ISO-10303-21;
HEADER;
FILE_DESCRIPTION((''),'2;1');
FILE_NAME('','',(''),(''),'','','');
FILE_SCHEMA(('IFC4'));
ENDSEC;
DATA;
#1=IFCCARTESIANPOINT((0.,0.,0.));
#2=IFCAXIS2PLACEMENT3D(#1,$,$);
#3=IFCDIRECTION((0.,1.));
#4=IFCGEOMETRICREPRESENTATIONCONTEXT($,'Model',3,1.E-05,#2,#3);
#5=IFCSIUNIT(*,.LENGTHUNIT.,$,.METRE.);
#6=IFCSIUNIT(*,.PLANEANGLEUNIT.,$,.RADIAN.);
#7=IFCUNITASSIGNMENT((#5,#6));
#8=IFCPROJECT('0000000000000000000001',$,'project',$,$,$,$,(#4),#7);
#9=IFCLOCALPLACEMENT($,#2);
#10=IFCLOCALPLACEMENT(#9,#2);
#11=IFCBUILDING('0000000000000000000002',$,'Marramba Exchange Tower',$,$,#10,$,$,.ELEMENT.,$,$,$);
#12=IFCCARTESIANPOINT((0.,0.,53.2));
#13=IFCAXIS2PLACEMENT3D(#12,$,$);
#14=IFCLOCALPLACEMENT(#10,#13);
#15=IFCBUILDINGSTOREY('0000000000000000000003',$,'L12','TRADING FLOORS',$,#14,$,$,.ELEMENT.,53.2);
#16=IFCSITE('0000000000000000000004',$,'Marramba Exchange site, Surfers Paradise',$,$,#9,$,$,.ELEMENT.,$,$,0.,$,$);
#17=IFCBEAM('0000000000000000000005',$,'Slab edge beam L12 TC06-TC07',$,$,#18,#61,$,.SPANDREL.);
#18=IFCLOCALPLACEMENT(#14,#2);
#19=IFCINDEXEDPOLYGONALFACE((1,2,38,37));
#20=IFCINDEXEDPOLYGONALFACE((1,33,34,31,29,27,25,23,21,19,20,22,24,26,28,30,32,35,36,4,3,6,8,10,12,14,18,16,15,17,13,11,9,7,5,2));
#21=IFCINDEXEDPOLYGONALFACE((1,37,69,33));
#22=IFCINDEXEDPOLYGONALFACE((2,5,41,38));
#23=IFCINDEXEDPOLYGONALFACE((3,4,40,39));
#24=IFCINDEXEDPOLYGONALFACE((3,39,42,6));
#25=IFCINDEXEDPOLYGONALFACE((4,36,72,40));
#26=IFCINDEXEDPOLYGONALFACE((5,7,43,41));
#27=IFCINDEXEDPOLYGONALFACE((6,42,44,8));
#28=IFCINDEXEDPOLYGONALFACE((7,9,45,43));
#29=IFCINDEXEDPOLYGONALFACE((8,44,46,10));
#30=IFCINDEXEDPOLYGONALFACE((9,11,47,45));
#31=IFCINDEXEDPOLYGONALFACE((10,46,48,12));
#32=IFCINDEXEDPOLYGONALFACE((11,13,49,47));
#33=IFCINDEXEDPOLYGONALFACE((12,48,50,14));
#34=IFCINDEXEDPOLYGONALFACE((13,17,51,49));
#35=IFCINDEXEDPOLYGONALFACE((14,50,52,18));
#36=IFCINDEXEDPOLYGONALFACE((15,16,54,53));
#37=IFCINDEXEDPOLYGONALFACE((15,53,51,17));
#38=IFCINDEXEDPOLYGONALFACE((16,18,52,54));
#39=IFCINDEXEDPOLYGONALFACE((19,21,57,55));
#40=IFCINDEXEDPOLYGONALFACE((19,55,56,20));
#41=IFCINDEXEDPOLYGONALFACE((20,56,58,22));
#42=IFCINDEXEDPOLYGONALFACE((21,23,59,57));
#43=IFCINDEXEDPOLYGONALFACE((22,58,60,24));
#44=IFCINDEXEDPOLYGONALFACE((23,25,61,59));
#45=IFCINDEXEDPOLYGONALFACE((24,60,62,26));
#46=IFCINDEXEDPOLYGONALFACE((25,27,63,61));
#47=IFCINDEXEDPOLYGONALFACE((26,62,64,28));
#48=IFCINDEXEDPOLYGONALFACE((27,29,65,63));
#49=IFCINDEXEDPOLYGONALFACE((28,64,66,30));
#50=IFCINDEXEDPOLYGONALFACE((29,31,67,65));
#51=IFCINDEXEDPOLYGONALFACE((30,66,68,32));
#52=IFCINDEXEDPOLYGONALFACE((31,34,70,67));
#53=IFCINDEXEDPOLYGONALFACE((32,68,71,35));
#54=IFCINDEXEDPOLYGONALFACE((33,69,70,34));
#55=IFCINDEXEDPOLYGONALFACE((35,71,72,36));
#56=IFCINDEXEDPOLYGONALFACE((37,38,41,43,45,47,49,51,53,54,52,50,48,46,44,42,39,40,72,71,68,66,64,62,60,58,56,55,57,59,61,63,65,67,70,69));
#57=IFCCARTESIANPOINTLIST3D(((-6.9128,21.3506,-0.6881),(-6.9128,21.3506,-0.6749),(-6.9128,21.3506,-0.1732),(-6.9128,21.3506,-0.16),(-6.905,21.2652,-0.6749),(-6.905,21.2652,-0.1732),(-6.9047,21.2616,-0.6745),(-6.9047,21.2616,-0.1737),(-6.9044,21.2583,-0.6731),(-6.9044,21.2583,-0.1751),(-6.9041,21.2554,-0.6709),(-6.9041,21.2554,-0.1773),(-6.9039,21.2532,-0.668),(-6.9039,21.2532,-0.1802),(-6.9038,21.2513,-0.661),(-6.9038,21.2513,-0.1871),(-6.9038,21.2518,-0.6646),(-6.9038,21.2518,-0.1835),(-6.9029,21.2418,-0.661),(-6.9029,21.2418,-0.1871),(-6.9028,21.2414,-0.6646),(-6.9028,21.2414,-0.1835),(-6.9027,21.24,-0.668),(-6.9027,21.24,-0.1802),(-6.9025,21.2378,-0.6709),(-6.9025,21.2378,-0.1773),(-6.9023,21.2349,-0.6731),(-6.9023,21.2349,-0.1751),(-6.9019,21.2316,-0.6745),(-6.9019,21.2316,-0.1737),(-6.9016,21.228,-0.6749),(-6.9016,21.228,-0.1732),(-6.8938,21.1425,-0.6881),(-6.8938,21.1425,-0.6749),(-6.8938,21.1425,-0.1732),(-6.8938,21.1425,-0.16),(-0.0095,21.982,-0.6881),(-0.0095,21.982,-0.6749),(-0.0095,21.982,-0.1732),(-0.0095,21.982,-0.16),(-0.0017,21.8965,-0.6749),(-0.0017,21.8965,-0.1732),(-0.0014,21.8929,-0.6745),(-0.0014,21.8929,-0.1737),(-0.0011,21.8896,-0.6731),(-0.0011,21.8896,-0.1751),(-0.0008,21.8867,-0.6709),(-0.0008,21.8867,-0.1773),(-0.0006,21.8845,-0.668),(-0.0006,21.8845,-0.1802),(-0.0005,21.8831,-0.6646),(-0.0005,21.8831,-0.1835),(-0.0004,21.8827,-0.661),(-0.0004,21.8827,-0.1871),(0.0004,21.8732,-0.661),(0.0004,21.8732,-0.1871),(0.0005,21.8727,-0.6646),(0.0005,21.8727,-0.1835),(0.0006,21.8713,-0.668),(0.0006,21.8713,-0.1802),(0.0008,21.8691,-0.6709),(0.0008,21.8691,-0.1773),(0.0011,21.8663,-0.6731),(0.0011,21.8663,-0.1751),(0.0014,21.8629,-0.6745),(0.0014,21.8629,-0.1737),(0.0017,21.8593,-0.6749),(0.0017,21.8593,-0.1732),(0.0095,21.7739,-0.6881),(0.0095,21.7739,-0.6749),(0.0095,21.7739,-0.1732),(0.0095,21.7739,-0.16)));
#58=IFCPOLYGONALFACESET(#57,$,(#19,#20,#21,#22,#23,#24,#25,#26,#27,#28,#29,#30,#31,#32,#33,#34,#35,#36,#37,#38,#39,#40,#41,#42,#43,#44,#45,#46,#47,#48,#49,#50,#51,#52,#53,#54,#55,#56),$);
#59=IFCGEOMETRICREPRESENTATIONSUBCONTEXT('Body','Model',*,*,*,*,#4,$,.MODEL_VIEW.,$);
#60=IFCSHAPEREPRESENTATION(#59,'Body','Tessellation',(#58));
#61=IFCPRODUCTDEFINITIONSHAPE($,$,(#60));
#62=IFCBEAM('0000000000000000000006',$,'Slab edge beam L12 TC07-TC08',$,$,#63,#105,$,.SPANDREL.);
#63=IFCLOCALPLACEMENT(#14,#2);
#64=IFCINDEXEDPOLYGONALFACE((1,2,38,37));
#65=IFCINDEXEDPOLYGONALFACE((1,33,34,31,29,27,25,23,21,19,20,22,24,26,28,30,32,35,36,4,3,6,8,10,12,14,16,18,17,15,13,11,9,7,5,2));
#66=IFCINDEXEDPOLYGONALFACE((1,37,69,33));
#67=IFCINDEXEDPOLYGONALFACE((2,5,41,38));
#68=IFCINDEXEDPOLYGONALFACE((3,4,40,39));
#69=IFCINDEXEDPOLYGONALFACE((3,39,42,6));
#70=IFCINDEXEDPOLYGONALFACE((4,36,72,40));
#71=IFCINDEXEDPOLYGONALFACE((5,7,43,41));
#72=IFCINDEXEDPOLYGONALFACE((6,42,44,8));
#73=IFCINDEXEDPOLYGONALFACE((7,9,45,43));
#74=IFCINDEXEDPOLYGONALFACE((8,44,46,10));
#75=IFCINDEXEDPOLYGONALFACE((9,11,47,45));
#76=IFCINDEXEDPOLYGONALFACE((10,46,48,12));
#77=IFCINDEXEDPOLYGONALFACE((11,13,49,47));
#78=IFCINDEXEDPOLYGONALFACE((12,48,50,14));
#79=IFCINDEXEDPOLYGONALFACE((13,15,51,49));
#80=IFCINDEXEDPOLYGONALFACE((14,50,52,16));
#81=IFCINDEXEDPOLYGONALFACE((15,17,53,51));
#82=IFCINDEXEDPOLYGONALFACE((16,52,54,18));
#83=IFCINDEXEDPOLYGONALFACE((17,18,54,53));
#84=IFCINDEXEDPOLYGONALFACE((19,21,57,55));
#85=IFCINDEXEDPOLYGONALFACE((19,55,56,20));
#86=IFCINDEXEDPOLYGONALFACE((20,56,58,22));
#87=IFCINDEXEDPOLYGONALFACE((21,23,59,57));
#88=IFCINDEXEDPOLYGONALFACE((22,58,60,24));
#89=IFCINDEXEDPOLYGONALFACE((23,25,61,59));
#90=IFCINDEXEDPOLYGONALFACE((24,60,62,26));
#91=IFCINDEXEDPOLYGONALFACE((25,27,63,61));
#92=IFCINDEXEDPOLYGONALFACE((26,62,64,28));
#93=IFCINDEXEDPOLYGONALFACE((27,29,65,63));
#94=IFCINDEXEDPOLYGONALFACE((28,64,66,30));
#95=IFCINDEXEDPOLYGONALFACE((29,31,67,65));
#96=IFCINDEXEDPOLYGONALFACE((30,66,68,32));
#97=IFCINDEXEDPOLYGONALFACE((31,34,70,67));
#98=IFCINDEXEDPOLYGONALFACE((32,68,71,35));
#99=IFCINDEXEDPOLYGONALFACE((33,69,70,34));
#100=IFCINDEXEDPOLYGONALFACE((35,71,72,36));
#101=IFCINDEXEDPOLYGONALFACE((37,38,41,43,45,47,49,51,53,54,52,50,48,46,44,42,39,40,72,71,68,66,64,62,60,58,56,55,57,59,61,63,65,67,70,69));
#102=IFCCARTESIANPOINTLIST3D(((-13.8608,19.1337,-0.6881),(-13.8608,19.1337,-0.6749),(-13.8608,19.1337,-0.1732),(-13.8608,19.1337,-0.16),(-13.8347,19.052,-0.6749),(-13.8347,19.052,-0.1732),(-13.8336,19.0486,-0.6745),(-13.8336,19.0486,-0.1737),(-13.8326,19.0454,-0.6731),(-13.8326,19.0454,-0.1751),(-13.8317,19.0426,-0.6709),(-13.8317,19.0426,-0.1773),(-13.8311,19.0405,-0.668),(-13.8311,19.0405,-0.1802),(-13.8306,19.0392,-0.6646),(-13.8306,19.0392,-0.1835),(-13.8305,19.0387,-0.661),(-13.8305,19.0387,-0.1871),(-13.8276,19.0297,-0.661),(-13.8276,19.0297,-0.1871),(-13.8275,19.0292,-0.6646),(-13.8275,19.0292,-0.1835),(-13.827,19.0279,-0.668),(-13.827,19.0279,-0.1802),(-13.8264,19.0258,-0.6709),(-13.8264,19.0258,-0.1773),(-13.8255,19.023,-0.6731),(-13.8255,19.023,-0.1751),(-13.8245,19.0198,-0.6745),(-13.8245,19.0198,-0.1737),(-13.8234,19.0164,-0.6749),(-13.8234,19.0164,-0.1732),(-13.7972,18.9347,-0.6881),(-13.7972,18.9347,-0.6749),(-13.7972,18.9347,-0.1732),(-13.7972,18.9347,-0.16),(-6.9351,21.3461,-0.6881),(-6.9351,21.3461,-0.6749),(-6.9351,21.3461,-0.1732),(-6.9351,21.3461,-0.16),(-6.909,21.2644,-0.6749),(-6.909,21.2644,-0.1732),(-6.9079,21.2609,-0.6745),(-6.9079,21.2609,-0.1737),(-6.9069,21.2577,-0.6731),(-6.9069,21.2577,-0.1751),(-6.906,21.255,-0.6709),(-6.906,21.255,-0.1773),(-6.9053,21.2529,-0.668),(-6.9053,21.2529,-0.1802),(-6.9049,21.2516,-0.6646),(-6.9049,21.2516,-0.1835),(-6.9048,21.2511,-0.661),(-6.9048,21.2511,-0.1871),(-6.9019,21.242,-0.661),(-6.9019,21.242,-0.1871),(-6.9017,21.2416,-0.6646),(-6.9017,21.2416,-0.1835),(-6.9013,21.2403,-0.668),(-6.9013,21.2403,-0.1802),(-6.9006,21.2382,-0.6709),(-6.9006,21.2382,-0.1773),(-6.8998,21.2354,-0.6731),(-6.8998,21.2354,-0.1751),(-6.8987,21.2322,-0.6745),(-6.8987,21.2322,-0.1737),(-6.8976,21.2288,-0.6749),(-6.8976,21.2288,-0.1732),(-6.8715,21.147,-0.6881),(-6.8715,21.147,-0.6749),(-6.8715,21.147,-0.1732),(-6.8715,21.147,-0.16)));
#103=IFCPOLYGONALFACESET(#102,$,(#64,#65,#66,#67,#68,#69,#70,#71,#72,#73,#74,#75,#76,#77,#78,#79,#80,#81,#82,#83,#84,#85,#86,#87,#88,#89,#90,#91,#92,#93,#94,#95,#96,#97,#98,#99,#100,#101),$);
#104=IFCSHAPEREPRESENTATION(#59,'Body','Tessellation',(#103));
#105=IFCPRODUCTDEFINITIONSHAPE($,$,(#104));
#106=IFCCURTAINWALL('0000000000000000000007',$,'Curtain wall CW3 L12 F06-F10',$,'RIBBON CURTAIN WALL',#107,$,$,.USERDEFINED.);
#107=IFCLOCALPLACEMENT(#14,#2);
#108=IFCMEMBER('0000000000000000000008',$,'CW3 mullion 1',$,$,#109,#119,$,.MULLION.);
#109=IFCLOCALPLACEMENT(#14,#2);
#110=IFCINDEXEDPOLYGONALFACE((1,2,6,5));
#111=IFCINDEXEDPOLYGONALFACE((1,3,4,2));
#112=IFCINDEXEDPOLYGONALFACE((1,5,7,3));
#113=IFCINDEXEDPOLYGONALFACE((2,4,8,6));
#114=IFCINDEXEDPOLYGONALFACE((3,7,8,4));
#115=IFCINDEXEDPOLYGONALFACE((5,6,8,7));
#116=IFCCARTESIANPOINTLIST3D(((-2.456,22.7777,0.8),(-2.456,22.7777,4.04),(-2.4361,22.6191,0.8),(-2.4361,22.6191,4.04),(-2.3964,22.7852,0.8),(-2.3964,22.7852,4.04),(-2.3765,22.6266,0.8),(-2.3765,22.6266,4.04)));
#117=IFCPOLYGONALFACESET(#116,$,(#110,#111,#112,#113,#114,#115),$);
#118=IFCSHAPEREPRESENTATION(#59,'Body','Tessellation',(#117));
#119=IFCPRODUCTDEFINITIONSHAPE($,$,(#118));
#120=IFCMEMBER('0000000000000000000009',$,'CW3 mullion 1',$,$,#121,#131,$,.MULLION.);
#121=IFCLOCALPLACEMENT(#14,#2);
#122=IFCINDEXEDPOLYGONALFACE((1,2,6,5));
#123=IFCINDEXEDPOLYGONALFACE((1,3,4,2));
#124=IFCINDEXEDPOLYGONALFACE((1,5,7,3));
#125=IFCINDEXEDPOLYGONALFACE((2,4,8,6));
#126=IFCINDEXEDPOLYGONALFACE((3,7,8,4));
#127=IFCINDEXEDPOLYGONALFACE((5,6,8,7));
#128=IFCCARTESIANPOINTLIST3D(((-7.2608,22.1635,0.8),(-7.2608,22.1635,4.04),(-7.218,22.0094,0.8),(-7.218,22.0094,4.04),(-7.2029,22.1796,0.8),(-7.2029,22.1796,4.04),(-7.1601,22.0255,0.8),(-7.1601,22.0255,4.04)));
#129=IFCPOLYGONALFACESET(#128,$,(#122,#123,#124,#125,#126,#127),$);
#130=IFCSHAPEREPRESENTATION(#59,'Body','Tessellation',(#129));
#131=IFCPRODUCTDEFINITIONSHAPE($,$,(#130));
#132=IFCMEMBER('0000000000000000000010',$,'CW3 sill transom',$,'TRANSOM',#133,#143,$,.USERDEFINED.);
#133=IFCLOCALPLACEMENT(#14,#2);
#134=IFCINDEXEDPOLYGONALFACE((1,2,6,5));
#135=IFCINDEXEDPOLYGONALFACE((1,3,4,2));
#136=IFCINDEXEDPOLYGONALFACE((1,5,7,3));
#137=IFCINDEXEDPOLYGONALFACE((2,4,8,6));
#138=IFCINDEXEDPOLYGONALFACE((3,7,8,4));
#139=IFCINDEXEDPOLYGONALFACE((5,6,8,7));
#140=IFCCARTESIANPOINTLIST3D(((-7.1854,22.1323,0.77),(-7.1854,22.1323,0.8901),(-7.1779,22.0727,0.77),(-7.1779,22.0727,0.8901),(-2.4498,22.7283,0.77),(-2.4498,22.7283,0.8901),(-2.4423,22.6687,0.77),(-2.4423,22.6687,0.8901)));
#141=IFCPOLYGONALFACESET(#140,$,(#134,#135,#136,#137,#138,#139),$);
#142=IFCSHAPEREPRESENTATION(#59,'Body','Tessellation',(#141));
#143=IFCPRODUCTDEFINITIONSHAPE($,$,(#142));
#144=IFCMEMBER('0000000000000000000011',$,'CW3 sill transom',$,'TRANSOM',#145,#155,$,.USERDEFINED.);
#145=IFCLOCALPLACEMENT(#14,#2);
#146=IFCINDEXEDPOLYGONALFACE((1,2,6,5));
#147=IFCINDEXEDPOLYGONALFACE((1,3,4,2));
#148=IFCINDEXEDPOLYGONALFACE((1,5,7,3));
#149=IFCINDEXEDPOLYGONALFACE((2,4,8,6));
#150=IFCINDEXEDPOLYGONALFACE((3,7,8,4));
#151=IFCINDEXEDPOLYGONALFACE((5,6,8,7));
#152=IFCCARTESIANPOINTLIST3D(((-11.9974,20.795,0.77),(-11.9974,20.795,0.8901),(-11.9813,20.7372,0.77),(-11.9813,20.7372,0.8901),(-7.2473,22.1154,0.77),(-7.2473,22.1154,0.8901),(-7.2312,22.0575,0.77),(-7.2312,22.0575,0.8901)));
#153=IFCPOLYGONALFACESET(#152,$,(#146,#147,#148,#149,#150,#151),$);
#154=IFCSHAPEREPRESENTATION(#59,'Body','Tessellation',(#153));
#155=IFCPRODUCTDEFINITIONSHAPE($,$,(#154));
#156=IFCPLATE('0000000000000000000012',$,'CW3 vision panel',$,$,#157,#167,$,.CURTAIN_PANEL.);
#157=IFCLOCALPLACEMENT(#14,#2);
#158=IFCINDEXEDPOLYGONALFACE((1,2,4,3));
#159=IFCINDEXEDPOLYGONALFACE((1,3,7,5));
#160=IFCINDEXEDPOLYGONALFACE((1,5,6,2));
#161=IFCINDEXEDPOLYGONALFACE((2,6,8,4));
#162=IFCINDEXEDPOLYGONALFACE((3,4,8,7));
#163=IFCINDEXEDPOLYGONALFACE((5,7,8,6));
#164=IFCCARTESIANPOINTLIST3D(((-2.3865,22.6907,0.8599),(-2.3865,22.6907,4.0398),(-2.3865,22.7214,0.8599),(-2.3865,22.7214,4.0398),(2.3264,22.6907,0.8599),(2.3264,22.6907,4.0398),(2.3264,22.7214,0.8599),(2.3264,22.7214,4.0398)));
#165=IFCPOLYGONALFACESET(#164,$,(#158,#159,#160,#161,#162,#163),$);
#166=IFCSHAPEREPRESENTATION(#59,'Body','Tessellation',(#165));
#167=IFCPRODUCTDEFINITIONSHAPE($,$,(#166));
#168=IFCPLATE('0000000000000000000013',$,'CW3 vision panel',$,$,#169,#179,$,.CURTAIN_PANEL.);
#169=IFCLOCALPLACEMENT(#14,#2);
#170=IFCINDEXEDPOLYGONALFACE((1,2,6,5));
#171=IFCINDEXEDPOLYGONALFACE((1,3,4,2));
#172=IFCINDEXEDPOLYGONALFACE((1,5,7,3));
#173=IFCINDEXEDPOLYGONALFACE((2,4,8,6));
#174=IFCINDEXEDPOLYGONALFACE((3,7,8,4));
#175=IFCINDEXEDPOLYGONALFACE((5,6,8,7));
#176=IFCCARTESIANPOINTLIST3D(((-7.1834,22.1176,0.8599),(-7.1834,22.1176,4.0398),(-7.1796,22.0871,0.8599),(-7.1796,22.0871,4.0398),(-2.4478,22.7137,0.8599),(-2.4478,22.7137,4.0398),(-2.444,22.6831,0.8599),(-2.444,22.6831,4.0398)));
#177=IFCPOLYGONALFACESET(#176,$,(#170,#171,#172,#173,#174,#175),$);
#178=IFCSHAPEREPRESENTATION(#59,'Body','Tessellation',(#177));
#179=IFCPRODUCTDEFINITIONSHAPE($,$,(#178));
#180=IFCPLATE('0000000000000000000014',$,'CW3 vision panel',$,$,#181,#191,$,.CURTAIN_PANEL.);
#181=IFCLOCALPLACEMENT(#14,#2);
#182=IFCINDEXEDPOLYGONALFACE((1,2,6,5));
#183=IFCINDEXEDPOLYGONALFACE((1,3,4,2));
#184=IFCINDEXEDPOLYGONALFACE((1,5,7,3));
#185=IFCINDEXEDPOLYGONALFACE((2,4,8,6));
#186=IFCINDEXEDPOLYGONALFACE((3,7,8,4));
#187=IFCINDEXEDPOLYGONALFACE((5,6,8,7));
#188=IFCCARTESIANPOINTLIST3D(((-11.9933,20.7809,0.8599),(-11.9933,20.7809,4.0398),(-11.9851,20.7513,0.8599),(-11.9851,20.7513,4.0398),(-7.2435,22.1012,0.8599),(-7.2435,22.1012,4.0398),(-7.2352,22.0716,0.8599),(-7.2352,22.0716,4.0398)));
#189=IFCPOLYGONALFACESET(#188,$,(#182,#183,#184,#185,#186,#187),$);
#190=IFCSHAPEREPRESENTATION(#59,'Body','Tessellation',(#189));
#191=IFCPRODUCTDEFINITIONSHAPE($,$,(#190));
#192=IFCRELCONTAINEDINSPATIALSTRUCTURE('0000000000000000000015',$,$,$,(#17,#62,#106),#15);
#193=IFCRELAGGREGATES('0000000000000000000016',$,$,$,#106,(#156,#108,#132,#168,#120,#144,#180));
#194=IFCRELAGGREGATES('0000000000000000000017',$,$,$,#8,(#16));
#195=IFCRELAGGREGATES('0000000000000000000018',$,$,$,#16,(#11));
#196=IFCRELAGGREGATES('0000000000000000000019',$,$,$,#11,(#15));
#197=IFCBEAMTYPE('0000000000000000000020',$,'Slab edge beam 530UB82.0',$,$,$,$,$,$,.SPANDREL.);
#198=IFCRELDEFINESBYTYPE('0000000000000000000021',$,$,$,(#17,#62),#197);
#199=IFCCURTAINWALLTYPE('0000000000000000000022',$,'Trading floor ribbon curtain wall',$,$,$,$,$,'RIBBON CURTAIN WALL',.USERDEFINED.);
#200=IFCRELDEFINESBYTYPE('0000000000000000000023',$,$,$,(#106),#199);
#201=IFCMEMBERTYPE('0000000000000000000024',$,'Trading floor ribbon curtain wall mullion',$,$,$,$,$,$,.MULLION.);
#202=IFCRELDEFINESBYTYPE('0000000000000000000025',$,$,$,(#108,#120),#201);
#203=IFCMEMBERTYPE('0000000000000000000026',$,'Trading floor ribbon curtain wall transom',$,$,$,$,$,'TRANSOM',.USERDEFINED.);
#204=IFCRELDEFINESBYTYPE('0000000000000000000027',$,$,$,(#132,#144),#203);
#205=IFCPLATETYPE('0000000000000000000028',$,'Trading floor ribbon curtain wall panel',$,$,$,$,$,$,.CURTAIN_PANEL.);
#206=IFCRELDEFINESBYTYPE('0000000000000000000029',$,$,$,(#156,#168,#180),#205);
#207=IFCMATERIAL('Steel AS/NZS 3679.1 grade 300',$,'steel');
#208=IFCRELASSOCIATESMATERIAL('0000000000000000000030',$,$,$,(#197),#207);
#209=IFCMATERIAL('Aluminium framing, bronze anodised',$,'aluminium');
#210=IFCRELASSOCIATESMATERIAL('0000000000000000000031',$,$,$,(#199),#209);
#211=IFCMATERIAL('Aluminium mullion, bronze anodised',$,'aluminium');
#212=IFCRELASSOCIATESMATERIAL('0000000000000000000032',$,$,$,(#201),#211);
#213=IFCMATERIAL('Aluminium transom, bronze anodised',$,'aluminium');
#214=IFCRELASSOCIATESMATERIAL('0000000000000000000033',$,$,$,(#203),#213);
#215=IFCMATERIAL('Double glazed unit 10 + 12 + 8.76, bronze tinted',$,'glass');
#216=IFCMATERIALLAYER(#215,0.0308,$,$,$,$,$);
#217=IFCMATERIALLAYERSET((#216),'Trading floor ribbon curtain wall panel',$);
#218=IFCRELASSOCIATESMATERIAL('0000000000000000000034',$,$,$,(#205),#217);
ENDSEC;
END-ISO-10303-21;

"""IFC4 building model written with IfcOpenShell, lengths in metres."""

from ifc_helpers import new_model, si_unit, direction, frame, origin, origin_2d, place, context, subcontext, project, spatial, rectangle, i_section, extrude, material, layer, layer_set, material_profile, profile_set, type_object, element, aggregate, save


model = new_model("IFC4")

# Units and contexts
model_context = context("Model", 3, precision=1e-05, world=origin(), true_north=direction((0.0, 1.0)))
body_context = subcontext(model_context, "Body", "Model", "MODEL_VIEW")
ifc_project = project(units=[si_unit("LENGTHUNIT", "METRE"), si_unit("PLANEANGLEUNIT", "RADIAN")], contexts=[model_context])

# Site, building, storey
site_placement = place(None, origin())
site = spatial("IfcSite", under=ifc_project, at=site_placement, Name="Marramba Exchange site, Surfers Paradise", CompositionType="ELEMENT", RefElevation=0.0)
building_placement = place(site_placement, origin())
building = spatial("IfcBuilding", under=site, at=building_placement, Name="Marramba Exchange Tower", CompositionType="ELEMENT")
storey_placement = place(building_placement, frame((0.0, 0.0, 53.2)))
storey = spatial("IfcBuildingStorey", under=building, at=storey_placement, Name="L12", Description="TRADING FLOORS", CompositionType="ELEMENT", Elevation=53.2)

# Beams
ifc_material_1 = material(Name="Steel AS/NZS 3679.1 grade 300", Category="steel")
ifc_material_profile_1 = material_profile(ifc_material_1, i_section(OverallWidth=0.209, OverallDepth=0.5281, WebThickness=0.0095, FlangeThickness=0.0132, FilletRadius=0.0139, at=origin_2d()), Name="530UB82.0")
ifc_profile_set_1 = profile_set([ifc_material_profile_1], Name="Steel AS/NZS 3679.1 grade 300")
beam_type_1 = type_object("IfcBeamType", Name="Slab edge beam 530UB82.0", PredefinedType="SPANDREL", material=ifc_profile_set_1)
beam_1_placement = place(storey_placement, frame((0.0, 21.8779, -0.4241), z_axis=(-0.995844, -0.091076, 0.0), x_axis=(0.091076, -0.995844, 0.0)))
element("IfcBeam", 1, at=beam_1_placement, inside=storey, type_object=beam_type_1, Name="Slab edge beam L12 TC06-TC07", PredefinedType="SPANDREL", context=body_context, shape_type="SweptSolid", body=[
    extrude(i_section(OverallWidth=0.209, OverallDepth=0.5281, WebThickness=0.0095, FlangeThickness=0.0132, FilletRadius=0.0139, at=origin_2d()), origin(), (0.0, 0.0, 1.0), 6.9321),
])
beam_2_placement = place(storey_placement, frame((-6.9033, 21.2466, -0.4241), z_axis=(-0.952578, -0.304296, 0.0), x_axis=(0.304296, -0.952578, 0.0)))
element("IfcBeam", 2, at=beam_2_placement, inside=storey, type_object=beam_type_1, Name="Slab edge beam L12 TC07-TC08", PredefinedType="SPANDREL", context=body_context, shape_type="SweptSolid", body=[
    extrude(i_section(OverallWidth=0.209, OverallDepth=0.5281, WebThickness=0.0095, FlangeThickness=0.0132, FilletRadius=0.0139, at=origin_2d()), origin(), (0.0, 0.0, 1.0), 7.2705),
])

# Curtain wall, members, plates
ifc_material_2 = material(Name="Aluminium framing, bronze anodised", Category="aluminium")
curtain_wall_type = type_object("IfcCurtainWallType", Name="Trading floor ribbon curtain wall", ElementType="RIBBON CURTAIN WALL", PredefinedType="USERDEFINED", material=ifc_material_2)
curtain_wall_placement = place(storey_placement, origin())
curtain_wall = element("IfcCurtainWall", 3, at=curtain_wall_placement, inside=storey, type_object=curtain_wall_type, Name="Curtain wall CW3 L12 F06-F10", ObjectType="RIBBON CURTAIN WALL", PredefinedType="USERDEFINED")
ifc_material_3 = material(Name="Aluminium mullion, bronze anodised", Category="aluminium")
ifc_material_profile_2 = material_profile(ifc_material_3, rectangle(XDim=0.1599, YDim=0.0601, at=origin_2d()), Name="CW3 mullion 60x160")
ifc_profile_set_2 = profile_set([ifc_material_profile_2], Name="Aluminium mullion, bronze anodised")
member_type_1 = type_object("IfcMemberType", Name="Trading floor ribbon curtain wall mullion", PredefinedType="MULLION", material=ifc_profile_set_2)
member_1_placement = place(storey_placement, frame((-2.4163, 22.7021, 0.8), z_axis=(0.0, 0.0, 1.0), x_axis=(0.124873, -0.992173, 0.0)))
member_1 = element("IfcMember", 4, at=member_1_placement, type_object=member_type_1, Name="CW3 mullion 1", PredefinedType="MULLION", context=body_context, shape_type="SweptSolid", body=[
    extrude(rectangle(XDim=0.1599, YDim=0.0601, at=origin_2d()), origin(), (0.0, 0.0, 1.0), 3.24),
])
member_2_placement = place(storey_placement, frame((-7.2104, 22.0945, 0.8), z_axis=(0.0, 0.0, 1.0), x_axis=(0.267809, -0.963472, 0.0)))
member_2 = element("IfcMember", 5, at=member_2_placement, type_object=member_type_1, Name="CW3 mullion 1", PredefinedType="MULLION", context=body_context, shape_type="SweptSolid", body=[
    extrude(rectangle(XDim=0.1599, YDim=0.0601, at=origin_2d()), origin(), (0.0, 0.0, 1.0), 3.24),
])
ifc_material_4 = material(Name="Aluminium transom, bronze anodised", Category="aluminium")
ifc_material_profile_3 = material_profile(ifc_material_4, rectangle(XDim=0.0601, YDim=0.1201, at=origin_2d()), Name="CW3 transom 60x120")
ifc_profile_set_3 = profile_set([ifc_material_profile_3], Name="Aluminium transom, bronze anodised")
member_type_2 = type_object("IfcMemberType", Name="Trading floor ribbon curtain wall transom", ElementType="TRANSOM", PredefinedType="USERDEFINED", material=ifc_profile_set_3)
member_3_placement = place(storey_placement, frame((-2.446, 22.6985, 0.8301), z_axis=(-0.992174, -0.124859, 0.0), x_axis=(0.124859, -0.992174, 0.0)))
member_3 = element("IfcMember", 6, at=member_3_placement, type_object=member_type_2, Name="CW3 sill transom", ObjectType="TRANSOM", PredefinedType="USERDEFINED", context=body_context, shape_type="SweptSolid", body=[
    extrude(rectangle(XDim=0.0601, YDim=0.1201, at=origin_2d()), origin(), (0.0, 0.0, 1.0), 4.7729),
])
member_4_placement = place(storey_placement, frame((-7.2393, 22.0864, 0.8301), z_axis=(-0.963472, -0.267807, 0.0), x_axis=(0.267807, -0.963472, 0.0)))
member_4 = element("IfcMember", 7, at=member_4_placement, type_object=member_type_2, Name="CW3 sill transom", ObjectType="TRANSOM", PredefinedType="USERDEFINED", context=body_context, shape_type="SweptSolid", body=[
    extrude(rectangle(XDim=0.0601, YDim=0.1201, at=origin_2d()), origin(), (0.0, 0.0, 1.0), 4.9302),
])
ifc_material_5 = material(Name="Double glazed unit 10 + 12 + 8.76, bronze tinted", Category="glass")
ifc_layer_1 = layer(ifc_material_5, 0.0308)
ifc_layer_set_1 = layer_set([ifc_layer_1], Name="Trading floor ribbon curtain wall panel")
plate_type = type_object("IfcPlateType", Name="Trading floor ribbon curtain wall panel", PredefinedType="CURTAIN_PANEL", material=ifc_layer_set_1)
plate_1_placement = place(storey_placement, frame((-0.03, 22.7061, 0.8599), z_axis=(0.0, 0.0, 1.0), x_axis=(-1.0, 0.0, 0.0)))
plate_1 = element("IfcPlate", 8, at=plate_1_placement, type_object=plate_type, Name="CW3 vision panel", PredefinedType="CURTAIN_PANEL", context=body_context, shape_type="SweptSolid", body=[
    extrude(rectangle(XDim=4.7129, YDim=0.0308, at=origin_2d()), origin(), (0.0, 0.0, 1.0), 3.1799),
])
plate_2_placement = place(storey_placement, frame((-4.8137, 22.4004, 0.8599), z_axis=(0.0, 0.0, 1.0), x_axis=(-0.992173, -0.124873, 0.0)))
plate_2 = element("IfcPlate", 9, at=plate_2_placement, type_object=plate_type, Name="CW3 vision panel", PredefinedType="CURTAIN_PANEL", context=body_context, shape_type="SweptSolid", body=[
    extrude(rectangle(XDim=4.7729, YDim=0.0308, at=origin_2d()), origin(), (0.0, 0.0, 1.0), 3.1799),
])
plate_3_placement = place(storey_placement, frame((-9.6143, 21.4263, 0.8599), z_axis=(0.0, 0.0, 1.0), x_axis=(-0.963472, -0.267809, 0.0)))
plate_3 = element("IfcPlate", 10, at=plate_3_placement, type_object=plate_type, Name="CW3 vision panel", PredefinedType="CURTAIN_PANEL", context=body_context, shape_type="SweptSolid", body=[
    extrude(rectangle(XDim=4.9299, YDim=0.0308, at=origin_2d()), origin(), (0.0, 0.0, 1.0), 3.1799),
])
aggregate(curtain_wall, [plate_1, member_1, member_3, plate_2, member_2, member_4, plate_3])

save(model, "model.ifc")
